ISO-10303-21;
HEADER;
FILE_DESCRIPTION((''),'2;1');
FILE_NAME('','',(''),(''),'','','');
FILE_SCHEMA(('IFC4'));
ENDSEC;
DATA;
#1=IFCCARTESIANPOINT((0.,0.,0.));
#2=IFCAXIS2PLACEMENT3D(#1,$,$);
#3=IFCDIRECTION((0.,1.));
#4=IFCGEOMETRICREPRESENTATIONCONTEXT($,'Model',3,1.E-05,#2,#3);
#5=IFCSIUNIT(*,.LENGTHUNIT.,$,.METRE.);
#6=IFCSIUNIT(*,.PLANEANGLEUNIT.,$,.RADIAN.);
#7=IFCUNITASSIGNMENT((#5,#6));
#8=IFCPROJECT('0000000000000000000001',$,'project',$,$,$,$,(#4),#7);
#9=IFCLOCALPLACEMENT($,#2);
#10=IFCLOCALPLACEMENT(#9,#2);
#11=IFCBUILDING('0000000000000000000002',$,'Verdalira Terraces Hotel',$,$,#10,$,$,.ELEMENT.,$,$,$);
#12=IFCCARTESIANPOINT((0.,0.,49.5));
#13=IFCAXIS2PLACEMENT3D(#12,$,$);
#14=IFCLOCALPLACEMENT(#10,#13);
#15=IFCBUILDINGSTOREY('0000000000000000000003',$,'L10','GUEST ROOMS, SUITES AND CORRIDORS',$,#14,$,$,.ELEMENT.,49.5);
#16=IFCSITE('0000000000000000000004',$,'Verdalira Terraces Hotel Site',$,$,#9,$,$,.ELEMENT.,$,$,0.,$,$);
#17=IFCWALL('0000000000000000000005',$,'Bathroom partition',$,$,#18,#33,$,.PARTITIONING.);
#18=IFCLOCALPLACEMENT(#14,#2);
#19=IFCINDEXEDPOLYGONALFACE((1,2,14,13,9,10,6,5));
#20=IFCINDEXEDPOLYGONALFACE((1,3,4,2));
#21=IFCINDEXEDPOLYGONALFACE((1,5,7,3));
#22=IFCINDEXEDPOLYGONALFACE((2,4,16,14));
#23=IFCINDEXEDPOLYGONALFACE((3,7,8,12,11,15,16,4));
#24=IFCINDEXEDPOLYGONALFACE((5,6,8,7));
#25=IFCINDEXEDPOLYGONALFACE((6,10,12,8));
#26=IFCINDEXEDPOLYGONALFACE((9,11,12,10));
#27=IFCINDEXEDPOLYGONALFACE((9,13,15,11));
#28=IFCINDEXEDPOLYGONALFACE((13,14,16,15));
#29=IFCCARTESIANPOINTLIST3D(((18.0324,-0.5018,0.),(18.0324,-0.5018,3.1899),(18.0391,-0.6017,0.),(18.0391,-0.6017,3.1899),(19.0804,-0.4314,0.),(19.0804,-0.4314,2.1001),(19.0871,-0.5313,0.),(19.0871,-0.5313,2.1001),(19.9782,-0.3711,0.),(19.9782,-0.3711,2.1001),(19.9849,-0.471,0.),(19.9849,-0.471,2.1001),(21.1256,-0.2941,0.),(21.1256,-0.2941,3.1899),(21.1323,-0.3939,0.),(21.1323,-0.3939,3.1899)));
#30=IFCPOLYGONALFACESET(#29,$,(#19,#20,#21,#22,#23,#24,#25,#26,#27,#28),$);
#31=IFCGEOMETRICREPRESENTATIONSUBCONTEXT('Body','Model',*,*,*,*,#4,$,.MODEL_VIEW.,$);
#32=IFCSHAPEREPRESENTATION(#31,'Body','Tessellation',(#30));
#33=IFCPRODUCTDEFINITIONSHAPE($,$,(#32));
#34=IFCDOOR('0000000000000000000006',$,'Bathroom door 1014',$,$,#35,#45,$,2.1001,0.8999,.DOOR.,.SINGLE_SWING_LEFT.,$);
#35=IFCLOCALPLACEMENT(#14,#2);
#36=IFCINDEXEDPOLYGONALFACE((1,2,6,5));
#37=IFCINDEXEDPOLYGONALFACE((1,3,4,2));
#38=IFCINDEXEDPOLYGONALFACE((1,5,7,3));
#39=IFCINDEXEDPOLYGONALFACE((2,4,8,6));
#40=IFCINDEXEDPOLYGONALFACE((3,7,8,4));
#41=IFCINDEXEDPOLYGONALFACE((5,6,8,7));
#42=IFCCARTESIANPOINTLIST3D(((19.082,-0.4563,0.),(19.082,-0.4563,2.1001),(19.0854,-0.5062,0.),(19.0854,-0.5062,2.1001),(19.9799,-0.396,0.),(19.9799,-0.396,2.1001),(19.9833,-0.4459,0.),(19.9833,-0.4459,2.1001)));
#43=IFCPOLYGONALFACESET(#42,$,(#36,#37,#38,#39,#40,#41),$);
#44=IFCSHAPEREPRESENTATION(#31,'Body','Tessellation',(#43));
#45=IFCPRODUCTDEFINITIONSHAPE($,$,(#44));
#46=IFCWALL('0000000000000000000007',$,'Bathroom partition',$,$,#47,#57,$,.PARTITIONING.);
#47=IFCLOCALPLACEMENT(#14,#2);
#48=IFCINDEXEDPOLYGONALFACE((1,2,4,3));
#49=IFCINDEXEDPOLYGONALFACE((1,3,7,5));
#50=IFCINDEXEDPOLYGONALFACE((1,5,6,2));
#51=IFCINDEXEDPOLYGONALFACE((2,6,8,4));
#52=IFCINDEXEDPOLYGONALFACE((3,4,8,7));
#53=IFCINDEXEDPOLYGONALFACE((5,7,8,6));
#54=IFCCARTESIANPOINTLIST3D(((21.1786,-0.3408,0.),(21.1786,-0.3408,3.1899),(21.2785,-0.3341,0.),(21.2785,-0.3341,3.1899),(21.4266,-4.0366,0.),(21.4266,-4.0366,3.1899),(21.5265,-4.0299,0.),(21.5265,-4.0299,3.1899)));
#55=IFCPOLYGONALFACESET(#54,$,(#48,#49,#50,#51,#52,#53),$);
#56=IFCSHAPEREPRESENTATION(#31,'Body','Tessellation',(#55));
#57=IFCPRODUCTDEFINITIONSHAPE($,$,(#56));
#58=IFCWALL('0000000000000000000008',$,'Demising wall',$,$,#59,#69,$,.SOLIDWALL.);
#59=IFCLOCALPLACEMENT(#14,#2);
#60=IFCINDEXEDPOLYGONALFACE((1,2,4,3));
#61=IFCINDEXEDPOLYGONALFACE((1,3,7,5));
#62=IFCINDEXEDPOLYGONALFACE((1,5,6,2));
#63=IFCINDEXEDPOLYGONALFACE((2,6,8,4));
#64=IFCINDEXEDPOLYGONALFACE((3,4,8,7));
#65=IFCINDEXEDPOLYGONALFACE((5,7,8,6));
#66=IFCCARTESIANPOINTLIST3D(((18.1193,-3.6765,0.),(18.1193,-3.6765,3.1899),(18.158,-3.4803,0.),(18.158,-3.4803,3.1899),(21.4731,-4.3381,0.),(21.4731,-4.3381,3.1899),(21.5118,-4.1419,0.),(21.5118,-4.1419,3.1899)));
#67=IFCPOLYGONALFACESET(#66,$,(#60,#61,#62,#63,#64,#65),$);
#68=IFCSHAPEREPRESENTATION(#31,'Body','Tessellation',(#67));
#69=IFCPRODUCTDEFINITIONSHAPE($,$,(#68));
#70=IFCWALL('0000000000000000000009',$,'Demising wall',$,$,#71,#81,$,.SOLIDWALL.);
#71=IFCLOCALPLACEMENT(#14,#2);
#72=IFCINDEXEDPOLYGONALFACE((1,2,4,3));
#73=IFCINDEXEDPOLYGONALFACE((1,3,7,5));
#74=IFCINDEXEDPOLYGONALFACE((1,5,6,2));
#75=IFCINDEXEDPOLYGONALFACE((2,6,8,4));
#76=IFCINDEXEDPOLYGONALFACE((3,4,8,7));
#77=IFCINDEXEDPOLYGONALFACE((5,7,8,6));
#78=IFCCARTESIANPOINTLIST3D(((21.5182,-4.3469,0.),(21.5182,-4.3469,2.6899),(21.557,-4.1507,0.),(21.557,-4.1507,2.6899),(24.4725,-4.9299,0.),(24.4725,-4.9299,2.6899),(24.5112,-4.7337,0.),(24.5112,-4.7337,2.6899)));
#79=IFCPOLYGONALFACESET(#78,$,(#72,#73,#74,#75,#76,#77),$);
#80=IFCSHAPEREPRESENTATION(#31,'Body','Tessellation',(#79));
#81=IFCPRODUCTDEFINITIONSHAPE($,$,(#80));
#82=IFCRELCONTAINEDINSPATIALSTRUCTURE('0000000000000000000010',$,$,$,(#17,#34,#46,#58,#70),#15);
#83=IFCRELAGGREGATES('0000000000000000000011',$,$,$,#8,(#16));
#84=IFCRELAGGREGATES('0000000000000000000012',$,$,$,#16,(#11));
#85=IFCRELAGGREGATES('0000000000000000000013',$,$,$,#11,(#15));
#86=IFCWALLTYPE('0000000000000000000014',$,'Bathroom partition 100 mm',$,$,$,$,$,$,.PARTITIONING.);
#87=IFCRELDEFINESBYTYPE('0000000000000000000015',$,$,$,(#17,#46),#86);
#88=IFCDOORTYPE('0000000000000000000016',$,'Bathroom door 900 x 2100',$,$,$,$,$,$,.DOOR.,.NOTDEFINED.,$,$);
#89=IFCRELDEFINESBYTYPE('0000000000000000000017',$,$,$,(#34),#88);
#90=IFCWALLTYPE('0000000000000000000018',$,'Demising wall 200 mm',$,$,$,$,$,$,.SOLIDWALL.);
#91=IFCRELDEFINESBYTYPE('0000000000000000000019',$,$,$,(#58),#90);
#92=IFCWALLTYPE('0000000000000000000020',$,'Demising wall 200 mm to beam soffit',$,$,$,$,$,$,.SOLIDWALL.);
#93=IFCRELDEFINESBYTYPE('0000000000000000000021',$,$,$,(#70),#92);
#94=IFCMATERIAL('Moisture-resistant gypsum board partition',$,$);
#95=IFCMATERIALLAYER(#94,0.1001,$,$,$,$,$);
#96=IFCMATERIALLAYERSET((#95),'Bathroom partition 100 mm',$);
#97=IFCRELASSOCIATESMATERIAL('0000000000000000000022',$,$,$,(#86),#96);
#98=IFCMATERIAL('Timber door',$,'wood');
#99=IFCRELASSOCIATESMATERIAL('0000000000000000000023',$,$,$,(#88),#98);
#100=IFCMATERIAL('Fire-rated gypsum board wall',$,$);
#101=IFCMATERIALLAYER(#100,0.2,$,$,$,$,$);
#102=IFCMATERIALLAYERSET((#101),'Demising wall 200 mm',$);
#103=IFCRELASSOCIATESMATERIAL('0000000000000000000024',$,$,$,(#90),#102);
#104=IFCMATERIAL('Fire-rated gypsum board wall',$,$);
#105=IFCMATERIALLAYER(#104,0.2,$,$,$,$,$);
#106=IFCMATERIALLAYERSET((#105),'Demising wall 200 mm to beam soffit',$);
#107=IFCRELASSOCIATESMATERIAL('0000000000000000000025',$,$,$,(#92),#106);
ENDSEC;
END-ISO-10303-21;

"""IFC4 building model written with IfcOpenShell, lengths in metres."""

from ifc_helpers import new_model, si_unit, direction, frame, frame_2d, origin, place, context, subcontext, project, spatial, rectangle, extrude, material, layer, layer_set, type_object, element, fill, save


model = new_model("IFC4")

# Units and contexts
model_context = context("Model", 3, precision=1e-05, world=origin(), true_north=direction((0.0, 1.0)))
body_context = subcontext(model_context, "Body", "Model", "MODEL_VIEW")
ifc_project = project(units=[si_unit("LENGTHUNIT", "METRE"), si_unit("PLANEANGLEUNIT", "RADIAN")], contexts=[model_context])

# Site, building, storey
site_placement = place(None, origin())
site = spatial("IfcSite", under=ifc_project, at=site_placement, Name="Verdalira Terraces Hotel Site", CompositionType="ELEMENT", RefElevation=0.0)
building_placement = place(site_placement, origin())
building = spatial("IfcBuilding", under=site, at=building_placement, Name="Verdalira Terraces Hotel", CompositionType="ELEMENT")
storey_placement = place(building_placement, frame((0.0, 0.0, 49.5)))
storey = spatial("IfcBuildingStorey", under=building, at=storey_placement, Name="L10", Description="GUEST ROOMS, SUITES AND CORRIDORS", CompositionType="ELEMENT", Elevation=49.5)

# Wall, opening, door
ifc_material_1 = material(Name="Moisture-resistant gypsum board partition")
ifc_layer_1 = layer(ifc_material_1, 0.1001)
ifc_layer_set_1 = layer_set([ifc_layer_1], Name="Bathroom partition 100 mm")
wall_type_1 = type_object("IfcWallType", Name="Bathroom partition 100 mm", PredefinedType="PARTITIONING", material=ifc_layer_set_1)
ifc_material_2 = material(Name="Timber door", Category="wood")
door_type = type_object("IfcDoorType", Name="Bathroom door 900 x 2100", OperationType="NOTDEFINED", PredefinedType="DOOR", material=ifc_material_2)
wall_1_placement = place(storey_placement, frame((21.1289, -0.344, 0.0), z_axis=(0.0, 0.0, 1.0), x_axis=(-0.997752, -0.067021, 0.0)))
wall_1 = element("IfcWall", 1, at=wall_1_placement, inside=storey, type_object=wall_type_1, Name="Bathroom partition", PredefinedType="PARTITIONING", context=body_context, shape_type="SweptSolid", body=[
    extrude(rectangle(XDim=3.1001, YDim=0.1001, at=frame_2d((1.55, 0.0))), origin(), (0.0, 0.0, 1.0), 3.1899),
])
opening_1_placement = place(wall_1_placement, frame((1.1499, 0.0, 0.0)))
opening_1 = element("IfcOpeningElement", 2, at=opening_1_placement, cuts=wall_1, PredefinedType="OPENING", context=body_context, shape_type="SweptSolid", body=[
    extrude(rectangle(XDim=0.8999, YDim=2.1001, at=frame_2d((0.45, 1.05))), frame((0.0, 0.0601, 0.0), z_axis=(0.0, -1.0, 0.0), x_axis=(1.0, 0.0, 0.0)), (0.0, 0.0, 1.0), 0.1201),
])
door_1_placement = place(opening_1_placement, origin())
door_1 = element("IfcDoor", 3, at=door_1_placement, inside=storey, type_object=door_type, Name="Bathroom door 1014", OperationType="SINGLE_SWING_LEFT", OverallHeight=2.1001, OverallWidth=0.8999, PredefinedType="DOOR", context=body_context, shape_type="SweptSolid", body=[
    extrude(rectangle(XDim=0.8999, YDim=2.1001, at=frame_2d((0.45, 1.05))), frame((0.0, 0.0249, 0.0), z_axis=(0.0, -1.0, 0.0), x_axis=(1.0, 0.0, 0.0)), (0.0, 0.0, 1.0), 0.05),
])
fill(opening_1, door_1)

# Walls
wall_2_placement = place(storey_placement, frame((21.4766, -4.0332, 0.0), z_axis=(0.0, 0.0, 1.0), x_axis=(-0.066965, 0.997755, 0.0)))
element("IfcWall", 4, at=wall_2_placement, inside=storey, type_object=wall_type_1, Name="Bathroom partition", PredefinedType="PARTITIONING", context=body_context, shape_type="SweptSolid", body=[
    extrude(rectangle(XDim=3.7041, YDim=0.1001, at=frame_2d((1.8521, 0.0))), origin(), (0.0, 0.0, 1.0), 3.1899),
])
ifc_material_3 = material(Name="Fire-rated gypsum board wall")
ifc_layer_2 = layer(ifc_material_3, 0.2)
ifc_layer_set_2 = layer_set([ifc_layer_2], Name="Demising wall 200 mm")
wall_type_2 = type_object("IfcWallType", Name="Demising wall 200 mm", PredefinedType="SOLIDWALL", material=ifc_layer_set_2)
wall_3_placement = place(storey_placement, frame((18.1387, -3.5784, 0.0), z_axis=(0.0, 0.0, 1.0), x_axis=(0.981091, -0.193547, 0.0)))
element("IfcWall", 5, at=wall_3_placement, inside=storey, type_object=wall_type_2, Name="Demising wall", PredefinedType="SOLIDWALL", context=body_context, shape_type="SweptSolid", body=[
    extrude(rectangle(XDim=3.4185, YDim=0.2, at=frame_2d((1.7092, 0.0))), origin(), (0.0, 0.0, 1.0), 3.1899),
])
ifc_material_4 = material(Name="Fire-rated gypsum board wall")
ifc_layer_3 = layer(ifc_material_4, 0.2)
ifc_layer_set_3 = layer_set([ifc_layer_3], Name="Demising wall 200 mm to beam soffit")
wall_type_3 = type_object("IfcWallType", Name="Demising wall 200 mm to beam soffit", PredefinedType="SOLIDWALL", material=ifc_layer_set_3)
wall_4_placement = place(storey_placement, frame((21.5376, -4.2488, 0.0), z_axis=(0.0, 0.0, 1.0), x_axis=(0.981079, -0.193605, 0.0)))
element("IfcWall", 6, at=wall_4_placement, inside=storey, type_object=wall_type_3, Name="Demising wall", PredefinedType="SOLIDWALL", context=body_context, shape_type="SweptSolid", body=[
    extrude(rectangle(XDim=3.0112, YDim=0.2, at=frame_2d((1.5056, 0.0))), origin(), (0.0, 0.0, 1.0), 2.6899),
])

save(model, "model.ifc")
